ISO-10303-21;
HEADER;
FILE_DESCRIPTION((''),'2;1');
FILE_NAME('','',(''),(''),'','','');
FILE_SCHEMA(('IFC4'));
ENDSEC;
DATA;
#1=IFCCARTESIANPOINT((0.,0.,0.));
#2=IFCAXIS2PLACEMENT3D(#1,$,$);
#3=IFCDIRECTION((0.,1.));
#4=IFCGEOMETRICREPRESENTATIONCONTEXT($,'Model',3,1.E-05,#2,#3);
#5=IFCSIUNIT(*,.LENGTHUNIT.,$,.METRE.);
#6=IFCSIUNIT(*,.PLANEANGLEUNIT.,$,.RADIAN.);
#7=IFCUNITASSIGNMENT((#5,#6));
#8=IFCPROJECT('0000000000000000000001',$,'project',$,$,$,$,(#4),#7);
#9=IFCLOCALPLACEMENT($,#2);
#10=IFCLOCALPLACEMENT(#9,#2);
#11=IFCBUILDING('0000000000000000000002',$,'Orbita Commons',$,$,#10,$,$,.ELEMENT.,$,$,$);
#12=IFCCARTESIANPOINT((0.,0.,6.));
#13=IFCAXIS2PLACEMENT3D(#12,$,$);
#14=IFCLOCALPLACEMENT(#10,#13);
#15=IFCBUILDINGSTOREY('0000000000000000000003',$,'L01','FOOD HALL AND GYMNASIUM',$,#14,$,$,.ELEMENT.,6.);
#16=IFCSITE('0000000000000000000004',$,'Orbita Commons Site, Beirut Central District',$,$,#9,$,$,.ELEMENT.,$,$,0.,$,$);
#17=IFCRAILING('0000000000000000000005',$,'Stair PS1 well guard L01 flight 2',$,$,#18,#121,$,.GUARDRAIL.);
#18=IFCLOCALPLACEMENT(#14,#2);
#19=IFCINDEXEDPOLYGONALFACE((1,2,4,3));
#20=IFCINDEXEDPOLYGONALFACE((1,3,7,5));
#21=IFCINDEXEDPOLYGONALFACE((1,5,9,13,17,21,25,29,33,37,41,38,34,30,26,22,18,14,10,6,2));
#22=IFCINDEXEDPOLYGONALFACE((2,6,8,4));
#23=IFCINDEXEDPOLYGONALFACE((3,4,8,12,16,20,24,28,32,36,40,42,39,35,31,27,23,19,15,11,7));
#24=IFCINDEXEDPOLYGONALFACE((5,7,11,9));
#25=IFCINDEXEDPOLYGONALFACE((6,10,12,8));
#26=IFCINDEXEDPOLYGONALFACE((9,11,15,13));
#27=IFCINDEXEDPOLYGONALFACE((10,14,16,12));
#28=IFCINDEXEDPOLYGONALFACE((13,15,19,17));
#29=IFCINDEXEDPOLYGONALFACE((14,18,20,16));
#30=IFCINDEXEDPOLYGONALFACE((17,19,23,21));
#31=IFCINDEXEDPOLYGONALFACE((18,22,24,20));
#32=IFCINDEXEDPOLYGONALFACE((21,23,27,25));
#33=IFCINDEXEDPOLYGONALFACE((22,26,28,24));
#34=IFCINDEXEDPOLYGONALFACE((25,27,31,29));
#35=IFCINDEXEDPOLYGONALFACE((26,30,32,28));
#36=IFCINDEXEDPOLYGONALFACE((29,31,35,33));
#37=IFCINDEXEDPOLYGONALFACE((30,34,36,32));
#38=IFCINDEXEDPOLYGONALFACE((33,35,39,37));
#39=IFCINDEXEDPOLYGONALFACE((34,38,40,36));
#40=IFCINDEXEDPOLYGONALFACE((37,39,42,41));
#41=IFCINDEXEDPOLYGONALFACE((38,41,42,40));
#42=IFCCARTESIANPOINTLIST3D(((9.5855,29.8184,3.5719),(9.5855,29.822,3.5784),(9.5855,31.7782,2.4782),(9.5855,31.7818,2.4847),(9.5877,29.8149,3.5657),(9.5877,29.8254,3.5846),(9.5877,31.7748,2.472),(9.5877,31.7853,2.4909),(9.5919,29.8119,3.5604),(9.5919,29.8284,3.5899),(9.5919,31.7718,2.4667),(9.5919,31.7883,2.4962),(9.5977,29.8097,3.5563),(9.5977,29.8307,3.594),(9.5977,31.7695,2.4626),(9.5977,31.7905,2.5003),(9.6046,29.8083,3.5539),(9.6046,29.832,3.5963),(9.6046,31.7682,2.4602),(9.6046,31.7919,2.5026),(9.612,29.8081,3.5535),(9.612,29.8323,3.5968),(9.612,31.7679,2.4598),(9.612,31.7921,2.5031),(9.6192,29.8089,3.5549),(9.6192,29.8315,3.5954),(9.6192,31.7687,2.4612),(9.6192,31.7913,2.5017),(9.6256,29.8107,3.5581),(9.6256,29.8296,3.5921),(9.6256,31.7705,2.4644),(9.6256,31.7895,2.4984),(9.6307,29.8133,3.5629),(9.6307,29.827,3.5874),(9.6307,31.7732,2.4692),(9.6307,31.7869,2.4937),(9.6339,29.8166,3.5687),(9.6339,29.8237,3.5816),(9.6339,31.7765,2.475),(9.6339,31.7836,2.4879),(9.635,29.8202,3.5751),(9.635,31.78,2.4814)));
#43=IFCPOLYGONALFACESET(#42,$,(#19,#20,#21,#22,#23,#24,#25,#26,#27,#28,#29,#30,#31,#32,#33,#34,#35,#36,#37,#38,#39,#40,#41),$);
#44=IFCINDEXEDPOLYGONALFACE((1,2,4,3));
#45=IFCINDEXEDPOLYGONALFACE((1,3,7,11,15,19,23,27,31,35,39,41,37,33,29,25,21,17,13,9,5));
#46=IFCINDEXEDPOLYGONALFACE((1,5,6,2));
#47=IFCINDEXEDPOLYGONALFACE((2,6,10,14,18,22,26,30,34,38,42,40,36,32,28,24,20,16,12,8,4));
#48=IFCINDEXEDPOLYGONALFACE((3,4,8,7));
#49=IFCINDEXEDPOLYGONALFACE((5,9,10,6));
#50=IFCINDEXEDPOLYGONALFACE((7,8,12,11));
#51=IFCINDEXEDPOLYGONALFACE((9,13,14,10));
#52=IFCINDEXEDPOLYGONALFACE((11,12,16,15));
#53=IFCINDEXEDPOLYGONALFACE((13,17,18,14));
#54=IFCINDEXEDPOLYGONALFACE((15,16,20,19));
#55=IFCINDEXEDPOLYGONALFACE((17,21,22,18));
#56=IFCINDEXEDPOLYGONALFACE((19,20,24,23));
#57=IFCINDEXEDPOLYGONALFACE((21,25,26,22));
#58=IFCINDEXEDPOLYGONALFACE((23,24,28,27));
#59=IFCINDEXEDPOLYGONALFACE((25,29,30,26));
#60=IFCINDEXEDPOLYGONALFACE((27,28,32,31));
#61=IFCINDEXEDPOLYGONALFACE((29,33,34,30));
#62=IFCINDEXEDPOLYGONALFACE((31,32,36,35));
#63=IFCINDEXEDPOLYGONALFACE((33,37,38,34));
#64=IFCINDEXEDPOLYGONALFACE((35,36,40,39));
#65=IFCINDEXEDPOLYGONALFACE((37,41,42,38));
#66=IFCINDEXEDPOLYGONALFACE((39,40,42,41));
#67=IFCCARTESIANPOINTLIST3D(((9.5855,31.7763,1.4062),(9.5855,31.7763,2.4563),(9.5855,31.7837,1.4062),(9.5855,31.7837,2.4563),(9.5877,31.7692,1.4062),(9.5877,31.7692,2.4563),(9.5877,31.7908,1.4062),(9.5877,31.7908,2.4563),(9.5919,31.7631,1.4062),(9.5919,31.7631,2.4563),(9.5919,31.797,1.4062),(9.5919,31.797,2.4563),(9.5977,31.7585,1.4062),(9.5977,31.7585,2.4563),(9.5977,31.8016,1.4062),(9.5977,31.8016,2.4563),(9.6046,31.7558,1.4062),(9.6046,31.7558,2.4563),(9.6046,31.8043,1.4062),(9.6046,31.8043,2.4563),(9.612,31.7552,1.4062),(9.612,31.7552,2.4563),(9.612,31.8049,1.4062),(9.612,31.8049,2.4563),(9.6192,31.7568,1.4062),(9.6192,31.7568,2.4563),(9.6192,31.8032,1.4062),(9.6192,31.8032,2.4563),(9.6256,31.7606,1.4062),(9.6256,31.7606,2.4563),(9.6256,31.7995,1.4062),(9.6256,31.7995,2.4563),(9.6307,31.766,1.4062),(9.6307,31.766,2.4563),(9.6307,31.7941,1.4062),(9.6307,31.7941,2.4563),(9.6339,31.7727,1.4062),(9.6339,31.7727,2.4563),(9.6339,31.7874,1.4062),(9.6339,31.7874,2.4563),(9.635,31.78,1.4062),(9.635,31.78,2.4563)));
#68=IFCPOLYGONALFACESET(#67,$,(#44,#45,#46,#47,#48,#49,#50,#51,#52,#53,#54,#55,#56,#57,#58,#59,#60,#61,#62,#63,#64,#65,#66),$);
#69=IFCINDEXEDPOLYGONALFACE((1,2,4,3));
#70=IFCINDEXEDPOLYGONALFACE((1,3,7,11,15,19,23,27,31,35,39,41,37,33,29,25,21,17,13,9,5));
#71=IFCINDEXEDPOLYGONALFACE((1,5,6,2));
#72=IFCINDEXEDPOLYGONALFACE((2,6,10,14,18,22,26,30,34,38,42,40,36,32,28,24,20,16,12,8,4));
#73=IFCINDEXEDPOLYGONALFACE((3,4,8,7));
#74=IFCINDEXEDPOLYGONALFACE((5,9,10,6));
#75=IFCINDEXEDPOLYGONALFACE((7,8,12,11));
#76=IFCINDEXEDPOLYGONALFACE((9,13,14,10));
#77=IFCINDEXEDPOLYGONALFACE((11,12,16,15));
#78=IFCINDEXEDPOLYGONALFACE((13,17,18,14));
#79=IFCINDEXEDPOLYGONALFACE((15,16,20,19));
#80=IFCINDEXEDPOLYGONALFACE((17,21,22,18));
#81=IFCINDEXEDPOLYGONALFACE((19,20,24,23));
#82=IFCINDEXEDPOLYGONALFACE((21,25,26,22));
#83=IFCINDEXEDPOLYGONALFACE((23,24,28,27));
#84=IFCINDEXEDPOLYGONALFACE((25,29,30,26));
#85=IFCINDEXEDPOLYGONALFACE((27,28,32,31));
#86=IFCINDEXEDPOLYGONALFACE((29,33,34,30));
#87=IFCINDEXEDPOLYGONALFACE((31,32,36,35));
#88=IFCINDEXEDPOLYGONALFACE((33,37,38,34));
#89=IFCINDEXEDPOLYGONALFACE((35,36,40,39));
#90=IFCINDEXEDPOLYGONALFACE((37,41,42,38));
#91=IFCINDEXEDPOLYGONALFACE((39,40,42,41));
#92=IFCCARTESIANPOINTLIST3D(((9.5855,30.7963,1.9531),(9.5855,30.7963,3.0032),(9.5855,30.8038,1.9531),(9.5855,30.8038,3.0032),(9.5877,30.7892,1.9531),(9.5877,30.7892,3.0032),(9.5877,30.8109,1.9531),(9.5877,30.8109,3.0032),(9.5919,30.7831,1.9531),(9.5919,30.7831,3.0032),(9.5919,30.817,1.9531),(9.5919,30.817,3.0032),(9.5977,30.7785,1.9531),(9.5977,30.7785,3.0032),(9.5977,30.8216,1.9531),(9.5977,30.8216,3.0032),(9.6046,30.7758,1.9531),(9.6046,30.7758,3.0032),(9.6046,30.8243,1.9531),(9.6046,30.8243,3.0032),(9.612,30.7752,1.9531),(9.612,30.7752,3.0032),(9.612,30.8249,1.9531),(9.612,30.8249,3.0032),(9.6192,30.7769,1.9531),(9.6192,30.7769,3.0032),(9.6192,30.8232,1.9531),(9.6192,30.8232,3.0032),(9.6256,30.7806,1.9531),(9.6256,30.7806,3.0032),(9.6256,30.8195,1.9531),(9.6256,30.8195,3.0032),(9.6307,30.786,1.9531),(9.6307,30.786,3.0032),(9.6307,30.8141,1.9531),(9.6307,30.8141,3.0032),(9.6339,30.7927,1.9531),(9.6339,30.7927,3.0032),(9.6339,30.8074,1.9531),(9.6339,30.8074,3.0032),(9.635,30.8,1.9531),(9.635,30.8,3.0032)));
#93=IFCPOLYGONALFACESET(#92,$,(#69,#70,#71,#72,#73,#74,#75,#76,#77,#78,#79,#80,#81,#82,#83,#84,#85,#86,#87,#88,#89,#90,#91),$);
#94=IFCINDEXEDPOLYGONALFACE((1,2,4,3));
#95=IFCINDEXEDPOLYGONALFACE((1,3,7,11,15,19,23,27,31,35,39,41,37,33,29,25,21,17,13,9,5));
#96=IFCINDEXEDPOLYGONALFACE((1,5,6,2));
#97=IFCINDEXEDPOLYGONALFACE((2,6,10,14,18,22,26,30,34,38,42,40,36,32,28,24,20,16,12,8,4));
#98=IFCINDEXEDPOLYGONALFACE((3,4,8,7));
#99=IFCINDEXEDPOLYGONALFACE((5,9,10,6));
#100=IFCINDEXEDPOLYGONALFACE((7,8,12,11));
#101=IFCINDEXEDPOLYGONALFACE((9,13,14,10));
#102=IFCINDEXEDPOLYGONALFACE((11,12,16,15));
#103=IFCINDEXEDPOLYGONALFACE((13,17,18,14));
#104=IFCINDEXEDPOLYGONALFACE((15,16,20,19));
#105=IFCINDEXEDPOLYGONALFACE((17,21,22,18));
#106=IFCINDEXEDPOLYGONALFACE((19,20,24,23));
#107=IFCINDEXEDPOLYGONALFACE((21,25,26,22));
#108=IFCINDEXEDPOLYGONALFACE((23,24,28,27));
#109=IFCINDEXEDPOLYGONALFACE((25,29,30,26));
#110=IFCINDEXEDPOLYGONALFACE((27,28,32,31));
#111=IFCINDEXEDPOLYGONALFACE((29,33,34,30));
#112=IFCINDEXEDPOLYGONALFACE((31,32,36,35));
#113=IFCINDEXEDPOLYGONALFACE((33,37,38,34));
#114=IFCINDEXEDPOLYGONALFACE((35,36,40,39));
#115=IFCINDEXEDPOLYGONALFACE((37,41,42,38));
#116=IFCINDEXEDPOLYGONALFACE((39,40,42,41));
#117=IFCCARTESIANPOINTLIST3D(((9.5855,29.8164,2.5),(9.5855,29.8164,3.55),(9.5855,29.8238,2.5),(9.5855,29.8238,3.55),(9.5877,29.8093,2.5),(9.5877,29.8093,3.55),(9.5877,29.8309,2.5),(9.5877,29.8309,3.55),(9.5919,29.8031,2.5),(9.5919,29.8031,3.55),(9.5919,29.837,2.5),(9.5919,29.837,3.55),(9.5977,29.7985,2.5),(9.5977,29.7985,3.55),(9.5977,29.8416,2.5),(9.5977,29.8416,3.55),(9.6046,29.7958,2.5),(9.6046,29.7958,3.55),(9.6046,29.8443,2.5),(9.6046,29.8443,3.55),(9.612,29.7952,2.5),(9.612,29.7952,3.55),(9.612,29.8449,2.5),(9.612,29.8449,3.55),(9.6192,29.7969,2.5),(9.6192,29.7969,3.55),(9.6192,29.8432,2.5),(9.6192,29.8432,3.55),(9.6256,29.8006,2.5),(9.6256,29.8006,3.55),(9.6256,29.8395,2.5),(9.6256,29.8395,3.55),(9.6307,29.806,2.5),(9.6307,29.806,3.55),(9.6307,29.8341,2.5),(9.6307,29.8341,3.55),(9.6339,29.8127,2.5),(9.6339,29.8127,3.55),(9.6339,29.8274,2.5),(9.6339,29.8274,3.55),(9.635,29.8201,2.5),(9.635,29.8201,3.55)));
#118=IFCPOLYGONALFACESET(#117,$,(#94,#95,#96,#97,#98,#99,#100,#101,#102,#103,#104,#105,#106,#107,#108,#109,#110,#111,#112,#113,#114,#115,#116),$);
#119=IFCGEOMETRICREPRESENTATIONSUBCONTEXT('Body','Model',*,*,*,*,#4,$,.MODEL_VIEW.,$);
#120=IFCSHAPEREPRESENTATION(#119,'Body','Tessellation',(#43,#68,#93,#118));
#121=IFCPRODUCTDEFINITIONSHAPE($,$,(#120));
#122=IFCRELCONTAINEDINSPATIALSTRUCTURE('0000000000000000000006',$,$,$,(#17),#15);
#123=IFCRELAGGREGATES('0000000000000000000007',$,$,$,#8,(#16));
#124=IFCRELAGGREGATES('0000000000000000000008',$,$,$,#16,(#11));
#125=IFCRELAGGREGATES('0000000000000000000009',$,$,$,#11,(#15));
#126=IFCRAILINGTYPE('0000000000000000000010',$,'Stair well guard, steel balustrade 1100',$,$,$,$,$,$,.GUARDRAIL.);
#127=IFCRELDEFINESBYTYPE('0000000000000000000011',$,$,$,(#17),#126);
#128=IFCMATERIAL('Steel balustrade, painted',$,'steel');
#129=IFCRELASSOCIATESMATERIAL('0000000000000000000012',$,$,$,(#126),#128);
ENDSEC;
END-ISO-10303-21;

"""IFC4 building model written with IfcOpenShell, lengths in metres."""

from ifc_helpers import new_model, si_unit, direction, frame, origin, origin_2d, place, context, subcontext, project, spatial, circle, extrude, material, type_object, element, save


model = new_model("IFC4")

# Units and contexts
model_context = context("Model", 3, precision=1e-05, world=origin(), true_north=direction((0.0, 1.0)))
body_context = subcontext(model_context, "Body", "Model", "MODEL_VIEW")
ifc_project = project(units=[si_unit("LENGTHUNIT", "METRE"), si_unit("PLANEANGLEUNIT", "RADIAN")], contexts=[model_context])

# Site, building, storey
site_placement = place(None, origin())
site = spatial("IfcSite", under=ifc_project, at=site_placement, Name="Orbita Commons Site, Beirut Central District", CompositionType="ELEMENT", RefElevation=0.0)
building_placement = place(site_placement, origin())
building = spatial("IfcBuilding", under=site, at=building_placement, Name="Orbita Commons", CompositionType="ELEMENT")
storey_placement = place(building_placement, frame((0.0, 0.0, 6.0)))
storey = spatial("IfcBuildingStorey", under=building, at=storey_placement, Name="L01", Description="FOOD HALL AND GYMNASIUM", CompositionType="ELEMENT", Elevation=6.0)

# Railing
ifc_material_1 = material(Name="Steel balustrade, painted", Category="steel")
railing_type_1 = type_object("IfcRailingType", Name="Stair well guard, steel balustrade 1100", PredefinedType="GUARDRAIL", material=ifc_material_1)
railing_1_placement = place(storey_placement, frame((9.6101, 31.78, 1.4062)))
element("IfcRailing", 1, at=railing_1_placement, inside=storey, type_object=railing_type_1, Name="Stair PS1 well guard L01 flight 2", PredefinedType="GUARDRAIL", context=body_context, shape_type="SweptSolid", body=[
    extrude(circle(Radius=0.0249, at=origin_2d()), frame((0.0, 0.0, 1.0752), z_axis=(0.0, -0.873232, 0.487304), x_axis=(1.0, 0.0, 0.0)), (0.0, 0.0, 1.0), 2.2444),
    extrude(circle(Radius=0.0249, at=origin_2d()), origin(), (0.0, 0.0, 1.0), 1.05),
    extrude(circle(Radius=0.0249, at=origin_2d()), frame((0.0, -0.98, 0.5469)), (0.0, 0.0, 1.0), 1.05),
    extrude(circle(Radius=0.0249, at=origin_2d()), frame((0.0, -1.96, 1.0938)), (0.0, 0.0, 1.0), 1.05),
])

save(model, "model.ifc")
